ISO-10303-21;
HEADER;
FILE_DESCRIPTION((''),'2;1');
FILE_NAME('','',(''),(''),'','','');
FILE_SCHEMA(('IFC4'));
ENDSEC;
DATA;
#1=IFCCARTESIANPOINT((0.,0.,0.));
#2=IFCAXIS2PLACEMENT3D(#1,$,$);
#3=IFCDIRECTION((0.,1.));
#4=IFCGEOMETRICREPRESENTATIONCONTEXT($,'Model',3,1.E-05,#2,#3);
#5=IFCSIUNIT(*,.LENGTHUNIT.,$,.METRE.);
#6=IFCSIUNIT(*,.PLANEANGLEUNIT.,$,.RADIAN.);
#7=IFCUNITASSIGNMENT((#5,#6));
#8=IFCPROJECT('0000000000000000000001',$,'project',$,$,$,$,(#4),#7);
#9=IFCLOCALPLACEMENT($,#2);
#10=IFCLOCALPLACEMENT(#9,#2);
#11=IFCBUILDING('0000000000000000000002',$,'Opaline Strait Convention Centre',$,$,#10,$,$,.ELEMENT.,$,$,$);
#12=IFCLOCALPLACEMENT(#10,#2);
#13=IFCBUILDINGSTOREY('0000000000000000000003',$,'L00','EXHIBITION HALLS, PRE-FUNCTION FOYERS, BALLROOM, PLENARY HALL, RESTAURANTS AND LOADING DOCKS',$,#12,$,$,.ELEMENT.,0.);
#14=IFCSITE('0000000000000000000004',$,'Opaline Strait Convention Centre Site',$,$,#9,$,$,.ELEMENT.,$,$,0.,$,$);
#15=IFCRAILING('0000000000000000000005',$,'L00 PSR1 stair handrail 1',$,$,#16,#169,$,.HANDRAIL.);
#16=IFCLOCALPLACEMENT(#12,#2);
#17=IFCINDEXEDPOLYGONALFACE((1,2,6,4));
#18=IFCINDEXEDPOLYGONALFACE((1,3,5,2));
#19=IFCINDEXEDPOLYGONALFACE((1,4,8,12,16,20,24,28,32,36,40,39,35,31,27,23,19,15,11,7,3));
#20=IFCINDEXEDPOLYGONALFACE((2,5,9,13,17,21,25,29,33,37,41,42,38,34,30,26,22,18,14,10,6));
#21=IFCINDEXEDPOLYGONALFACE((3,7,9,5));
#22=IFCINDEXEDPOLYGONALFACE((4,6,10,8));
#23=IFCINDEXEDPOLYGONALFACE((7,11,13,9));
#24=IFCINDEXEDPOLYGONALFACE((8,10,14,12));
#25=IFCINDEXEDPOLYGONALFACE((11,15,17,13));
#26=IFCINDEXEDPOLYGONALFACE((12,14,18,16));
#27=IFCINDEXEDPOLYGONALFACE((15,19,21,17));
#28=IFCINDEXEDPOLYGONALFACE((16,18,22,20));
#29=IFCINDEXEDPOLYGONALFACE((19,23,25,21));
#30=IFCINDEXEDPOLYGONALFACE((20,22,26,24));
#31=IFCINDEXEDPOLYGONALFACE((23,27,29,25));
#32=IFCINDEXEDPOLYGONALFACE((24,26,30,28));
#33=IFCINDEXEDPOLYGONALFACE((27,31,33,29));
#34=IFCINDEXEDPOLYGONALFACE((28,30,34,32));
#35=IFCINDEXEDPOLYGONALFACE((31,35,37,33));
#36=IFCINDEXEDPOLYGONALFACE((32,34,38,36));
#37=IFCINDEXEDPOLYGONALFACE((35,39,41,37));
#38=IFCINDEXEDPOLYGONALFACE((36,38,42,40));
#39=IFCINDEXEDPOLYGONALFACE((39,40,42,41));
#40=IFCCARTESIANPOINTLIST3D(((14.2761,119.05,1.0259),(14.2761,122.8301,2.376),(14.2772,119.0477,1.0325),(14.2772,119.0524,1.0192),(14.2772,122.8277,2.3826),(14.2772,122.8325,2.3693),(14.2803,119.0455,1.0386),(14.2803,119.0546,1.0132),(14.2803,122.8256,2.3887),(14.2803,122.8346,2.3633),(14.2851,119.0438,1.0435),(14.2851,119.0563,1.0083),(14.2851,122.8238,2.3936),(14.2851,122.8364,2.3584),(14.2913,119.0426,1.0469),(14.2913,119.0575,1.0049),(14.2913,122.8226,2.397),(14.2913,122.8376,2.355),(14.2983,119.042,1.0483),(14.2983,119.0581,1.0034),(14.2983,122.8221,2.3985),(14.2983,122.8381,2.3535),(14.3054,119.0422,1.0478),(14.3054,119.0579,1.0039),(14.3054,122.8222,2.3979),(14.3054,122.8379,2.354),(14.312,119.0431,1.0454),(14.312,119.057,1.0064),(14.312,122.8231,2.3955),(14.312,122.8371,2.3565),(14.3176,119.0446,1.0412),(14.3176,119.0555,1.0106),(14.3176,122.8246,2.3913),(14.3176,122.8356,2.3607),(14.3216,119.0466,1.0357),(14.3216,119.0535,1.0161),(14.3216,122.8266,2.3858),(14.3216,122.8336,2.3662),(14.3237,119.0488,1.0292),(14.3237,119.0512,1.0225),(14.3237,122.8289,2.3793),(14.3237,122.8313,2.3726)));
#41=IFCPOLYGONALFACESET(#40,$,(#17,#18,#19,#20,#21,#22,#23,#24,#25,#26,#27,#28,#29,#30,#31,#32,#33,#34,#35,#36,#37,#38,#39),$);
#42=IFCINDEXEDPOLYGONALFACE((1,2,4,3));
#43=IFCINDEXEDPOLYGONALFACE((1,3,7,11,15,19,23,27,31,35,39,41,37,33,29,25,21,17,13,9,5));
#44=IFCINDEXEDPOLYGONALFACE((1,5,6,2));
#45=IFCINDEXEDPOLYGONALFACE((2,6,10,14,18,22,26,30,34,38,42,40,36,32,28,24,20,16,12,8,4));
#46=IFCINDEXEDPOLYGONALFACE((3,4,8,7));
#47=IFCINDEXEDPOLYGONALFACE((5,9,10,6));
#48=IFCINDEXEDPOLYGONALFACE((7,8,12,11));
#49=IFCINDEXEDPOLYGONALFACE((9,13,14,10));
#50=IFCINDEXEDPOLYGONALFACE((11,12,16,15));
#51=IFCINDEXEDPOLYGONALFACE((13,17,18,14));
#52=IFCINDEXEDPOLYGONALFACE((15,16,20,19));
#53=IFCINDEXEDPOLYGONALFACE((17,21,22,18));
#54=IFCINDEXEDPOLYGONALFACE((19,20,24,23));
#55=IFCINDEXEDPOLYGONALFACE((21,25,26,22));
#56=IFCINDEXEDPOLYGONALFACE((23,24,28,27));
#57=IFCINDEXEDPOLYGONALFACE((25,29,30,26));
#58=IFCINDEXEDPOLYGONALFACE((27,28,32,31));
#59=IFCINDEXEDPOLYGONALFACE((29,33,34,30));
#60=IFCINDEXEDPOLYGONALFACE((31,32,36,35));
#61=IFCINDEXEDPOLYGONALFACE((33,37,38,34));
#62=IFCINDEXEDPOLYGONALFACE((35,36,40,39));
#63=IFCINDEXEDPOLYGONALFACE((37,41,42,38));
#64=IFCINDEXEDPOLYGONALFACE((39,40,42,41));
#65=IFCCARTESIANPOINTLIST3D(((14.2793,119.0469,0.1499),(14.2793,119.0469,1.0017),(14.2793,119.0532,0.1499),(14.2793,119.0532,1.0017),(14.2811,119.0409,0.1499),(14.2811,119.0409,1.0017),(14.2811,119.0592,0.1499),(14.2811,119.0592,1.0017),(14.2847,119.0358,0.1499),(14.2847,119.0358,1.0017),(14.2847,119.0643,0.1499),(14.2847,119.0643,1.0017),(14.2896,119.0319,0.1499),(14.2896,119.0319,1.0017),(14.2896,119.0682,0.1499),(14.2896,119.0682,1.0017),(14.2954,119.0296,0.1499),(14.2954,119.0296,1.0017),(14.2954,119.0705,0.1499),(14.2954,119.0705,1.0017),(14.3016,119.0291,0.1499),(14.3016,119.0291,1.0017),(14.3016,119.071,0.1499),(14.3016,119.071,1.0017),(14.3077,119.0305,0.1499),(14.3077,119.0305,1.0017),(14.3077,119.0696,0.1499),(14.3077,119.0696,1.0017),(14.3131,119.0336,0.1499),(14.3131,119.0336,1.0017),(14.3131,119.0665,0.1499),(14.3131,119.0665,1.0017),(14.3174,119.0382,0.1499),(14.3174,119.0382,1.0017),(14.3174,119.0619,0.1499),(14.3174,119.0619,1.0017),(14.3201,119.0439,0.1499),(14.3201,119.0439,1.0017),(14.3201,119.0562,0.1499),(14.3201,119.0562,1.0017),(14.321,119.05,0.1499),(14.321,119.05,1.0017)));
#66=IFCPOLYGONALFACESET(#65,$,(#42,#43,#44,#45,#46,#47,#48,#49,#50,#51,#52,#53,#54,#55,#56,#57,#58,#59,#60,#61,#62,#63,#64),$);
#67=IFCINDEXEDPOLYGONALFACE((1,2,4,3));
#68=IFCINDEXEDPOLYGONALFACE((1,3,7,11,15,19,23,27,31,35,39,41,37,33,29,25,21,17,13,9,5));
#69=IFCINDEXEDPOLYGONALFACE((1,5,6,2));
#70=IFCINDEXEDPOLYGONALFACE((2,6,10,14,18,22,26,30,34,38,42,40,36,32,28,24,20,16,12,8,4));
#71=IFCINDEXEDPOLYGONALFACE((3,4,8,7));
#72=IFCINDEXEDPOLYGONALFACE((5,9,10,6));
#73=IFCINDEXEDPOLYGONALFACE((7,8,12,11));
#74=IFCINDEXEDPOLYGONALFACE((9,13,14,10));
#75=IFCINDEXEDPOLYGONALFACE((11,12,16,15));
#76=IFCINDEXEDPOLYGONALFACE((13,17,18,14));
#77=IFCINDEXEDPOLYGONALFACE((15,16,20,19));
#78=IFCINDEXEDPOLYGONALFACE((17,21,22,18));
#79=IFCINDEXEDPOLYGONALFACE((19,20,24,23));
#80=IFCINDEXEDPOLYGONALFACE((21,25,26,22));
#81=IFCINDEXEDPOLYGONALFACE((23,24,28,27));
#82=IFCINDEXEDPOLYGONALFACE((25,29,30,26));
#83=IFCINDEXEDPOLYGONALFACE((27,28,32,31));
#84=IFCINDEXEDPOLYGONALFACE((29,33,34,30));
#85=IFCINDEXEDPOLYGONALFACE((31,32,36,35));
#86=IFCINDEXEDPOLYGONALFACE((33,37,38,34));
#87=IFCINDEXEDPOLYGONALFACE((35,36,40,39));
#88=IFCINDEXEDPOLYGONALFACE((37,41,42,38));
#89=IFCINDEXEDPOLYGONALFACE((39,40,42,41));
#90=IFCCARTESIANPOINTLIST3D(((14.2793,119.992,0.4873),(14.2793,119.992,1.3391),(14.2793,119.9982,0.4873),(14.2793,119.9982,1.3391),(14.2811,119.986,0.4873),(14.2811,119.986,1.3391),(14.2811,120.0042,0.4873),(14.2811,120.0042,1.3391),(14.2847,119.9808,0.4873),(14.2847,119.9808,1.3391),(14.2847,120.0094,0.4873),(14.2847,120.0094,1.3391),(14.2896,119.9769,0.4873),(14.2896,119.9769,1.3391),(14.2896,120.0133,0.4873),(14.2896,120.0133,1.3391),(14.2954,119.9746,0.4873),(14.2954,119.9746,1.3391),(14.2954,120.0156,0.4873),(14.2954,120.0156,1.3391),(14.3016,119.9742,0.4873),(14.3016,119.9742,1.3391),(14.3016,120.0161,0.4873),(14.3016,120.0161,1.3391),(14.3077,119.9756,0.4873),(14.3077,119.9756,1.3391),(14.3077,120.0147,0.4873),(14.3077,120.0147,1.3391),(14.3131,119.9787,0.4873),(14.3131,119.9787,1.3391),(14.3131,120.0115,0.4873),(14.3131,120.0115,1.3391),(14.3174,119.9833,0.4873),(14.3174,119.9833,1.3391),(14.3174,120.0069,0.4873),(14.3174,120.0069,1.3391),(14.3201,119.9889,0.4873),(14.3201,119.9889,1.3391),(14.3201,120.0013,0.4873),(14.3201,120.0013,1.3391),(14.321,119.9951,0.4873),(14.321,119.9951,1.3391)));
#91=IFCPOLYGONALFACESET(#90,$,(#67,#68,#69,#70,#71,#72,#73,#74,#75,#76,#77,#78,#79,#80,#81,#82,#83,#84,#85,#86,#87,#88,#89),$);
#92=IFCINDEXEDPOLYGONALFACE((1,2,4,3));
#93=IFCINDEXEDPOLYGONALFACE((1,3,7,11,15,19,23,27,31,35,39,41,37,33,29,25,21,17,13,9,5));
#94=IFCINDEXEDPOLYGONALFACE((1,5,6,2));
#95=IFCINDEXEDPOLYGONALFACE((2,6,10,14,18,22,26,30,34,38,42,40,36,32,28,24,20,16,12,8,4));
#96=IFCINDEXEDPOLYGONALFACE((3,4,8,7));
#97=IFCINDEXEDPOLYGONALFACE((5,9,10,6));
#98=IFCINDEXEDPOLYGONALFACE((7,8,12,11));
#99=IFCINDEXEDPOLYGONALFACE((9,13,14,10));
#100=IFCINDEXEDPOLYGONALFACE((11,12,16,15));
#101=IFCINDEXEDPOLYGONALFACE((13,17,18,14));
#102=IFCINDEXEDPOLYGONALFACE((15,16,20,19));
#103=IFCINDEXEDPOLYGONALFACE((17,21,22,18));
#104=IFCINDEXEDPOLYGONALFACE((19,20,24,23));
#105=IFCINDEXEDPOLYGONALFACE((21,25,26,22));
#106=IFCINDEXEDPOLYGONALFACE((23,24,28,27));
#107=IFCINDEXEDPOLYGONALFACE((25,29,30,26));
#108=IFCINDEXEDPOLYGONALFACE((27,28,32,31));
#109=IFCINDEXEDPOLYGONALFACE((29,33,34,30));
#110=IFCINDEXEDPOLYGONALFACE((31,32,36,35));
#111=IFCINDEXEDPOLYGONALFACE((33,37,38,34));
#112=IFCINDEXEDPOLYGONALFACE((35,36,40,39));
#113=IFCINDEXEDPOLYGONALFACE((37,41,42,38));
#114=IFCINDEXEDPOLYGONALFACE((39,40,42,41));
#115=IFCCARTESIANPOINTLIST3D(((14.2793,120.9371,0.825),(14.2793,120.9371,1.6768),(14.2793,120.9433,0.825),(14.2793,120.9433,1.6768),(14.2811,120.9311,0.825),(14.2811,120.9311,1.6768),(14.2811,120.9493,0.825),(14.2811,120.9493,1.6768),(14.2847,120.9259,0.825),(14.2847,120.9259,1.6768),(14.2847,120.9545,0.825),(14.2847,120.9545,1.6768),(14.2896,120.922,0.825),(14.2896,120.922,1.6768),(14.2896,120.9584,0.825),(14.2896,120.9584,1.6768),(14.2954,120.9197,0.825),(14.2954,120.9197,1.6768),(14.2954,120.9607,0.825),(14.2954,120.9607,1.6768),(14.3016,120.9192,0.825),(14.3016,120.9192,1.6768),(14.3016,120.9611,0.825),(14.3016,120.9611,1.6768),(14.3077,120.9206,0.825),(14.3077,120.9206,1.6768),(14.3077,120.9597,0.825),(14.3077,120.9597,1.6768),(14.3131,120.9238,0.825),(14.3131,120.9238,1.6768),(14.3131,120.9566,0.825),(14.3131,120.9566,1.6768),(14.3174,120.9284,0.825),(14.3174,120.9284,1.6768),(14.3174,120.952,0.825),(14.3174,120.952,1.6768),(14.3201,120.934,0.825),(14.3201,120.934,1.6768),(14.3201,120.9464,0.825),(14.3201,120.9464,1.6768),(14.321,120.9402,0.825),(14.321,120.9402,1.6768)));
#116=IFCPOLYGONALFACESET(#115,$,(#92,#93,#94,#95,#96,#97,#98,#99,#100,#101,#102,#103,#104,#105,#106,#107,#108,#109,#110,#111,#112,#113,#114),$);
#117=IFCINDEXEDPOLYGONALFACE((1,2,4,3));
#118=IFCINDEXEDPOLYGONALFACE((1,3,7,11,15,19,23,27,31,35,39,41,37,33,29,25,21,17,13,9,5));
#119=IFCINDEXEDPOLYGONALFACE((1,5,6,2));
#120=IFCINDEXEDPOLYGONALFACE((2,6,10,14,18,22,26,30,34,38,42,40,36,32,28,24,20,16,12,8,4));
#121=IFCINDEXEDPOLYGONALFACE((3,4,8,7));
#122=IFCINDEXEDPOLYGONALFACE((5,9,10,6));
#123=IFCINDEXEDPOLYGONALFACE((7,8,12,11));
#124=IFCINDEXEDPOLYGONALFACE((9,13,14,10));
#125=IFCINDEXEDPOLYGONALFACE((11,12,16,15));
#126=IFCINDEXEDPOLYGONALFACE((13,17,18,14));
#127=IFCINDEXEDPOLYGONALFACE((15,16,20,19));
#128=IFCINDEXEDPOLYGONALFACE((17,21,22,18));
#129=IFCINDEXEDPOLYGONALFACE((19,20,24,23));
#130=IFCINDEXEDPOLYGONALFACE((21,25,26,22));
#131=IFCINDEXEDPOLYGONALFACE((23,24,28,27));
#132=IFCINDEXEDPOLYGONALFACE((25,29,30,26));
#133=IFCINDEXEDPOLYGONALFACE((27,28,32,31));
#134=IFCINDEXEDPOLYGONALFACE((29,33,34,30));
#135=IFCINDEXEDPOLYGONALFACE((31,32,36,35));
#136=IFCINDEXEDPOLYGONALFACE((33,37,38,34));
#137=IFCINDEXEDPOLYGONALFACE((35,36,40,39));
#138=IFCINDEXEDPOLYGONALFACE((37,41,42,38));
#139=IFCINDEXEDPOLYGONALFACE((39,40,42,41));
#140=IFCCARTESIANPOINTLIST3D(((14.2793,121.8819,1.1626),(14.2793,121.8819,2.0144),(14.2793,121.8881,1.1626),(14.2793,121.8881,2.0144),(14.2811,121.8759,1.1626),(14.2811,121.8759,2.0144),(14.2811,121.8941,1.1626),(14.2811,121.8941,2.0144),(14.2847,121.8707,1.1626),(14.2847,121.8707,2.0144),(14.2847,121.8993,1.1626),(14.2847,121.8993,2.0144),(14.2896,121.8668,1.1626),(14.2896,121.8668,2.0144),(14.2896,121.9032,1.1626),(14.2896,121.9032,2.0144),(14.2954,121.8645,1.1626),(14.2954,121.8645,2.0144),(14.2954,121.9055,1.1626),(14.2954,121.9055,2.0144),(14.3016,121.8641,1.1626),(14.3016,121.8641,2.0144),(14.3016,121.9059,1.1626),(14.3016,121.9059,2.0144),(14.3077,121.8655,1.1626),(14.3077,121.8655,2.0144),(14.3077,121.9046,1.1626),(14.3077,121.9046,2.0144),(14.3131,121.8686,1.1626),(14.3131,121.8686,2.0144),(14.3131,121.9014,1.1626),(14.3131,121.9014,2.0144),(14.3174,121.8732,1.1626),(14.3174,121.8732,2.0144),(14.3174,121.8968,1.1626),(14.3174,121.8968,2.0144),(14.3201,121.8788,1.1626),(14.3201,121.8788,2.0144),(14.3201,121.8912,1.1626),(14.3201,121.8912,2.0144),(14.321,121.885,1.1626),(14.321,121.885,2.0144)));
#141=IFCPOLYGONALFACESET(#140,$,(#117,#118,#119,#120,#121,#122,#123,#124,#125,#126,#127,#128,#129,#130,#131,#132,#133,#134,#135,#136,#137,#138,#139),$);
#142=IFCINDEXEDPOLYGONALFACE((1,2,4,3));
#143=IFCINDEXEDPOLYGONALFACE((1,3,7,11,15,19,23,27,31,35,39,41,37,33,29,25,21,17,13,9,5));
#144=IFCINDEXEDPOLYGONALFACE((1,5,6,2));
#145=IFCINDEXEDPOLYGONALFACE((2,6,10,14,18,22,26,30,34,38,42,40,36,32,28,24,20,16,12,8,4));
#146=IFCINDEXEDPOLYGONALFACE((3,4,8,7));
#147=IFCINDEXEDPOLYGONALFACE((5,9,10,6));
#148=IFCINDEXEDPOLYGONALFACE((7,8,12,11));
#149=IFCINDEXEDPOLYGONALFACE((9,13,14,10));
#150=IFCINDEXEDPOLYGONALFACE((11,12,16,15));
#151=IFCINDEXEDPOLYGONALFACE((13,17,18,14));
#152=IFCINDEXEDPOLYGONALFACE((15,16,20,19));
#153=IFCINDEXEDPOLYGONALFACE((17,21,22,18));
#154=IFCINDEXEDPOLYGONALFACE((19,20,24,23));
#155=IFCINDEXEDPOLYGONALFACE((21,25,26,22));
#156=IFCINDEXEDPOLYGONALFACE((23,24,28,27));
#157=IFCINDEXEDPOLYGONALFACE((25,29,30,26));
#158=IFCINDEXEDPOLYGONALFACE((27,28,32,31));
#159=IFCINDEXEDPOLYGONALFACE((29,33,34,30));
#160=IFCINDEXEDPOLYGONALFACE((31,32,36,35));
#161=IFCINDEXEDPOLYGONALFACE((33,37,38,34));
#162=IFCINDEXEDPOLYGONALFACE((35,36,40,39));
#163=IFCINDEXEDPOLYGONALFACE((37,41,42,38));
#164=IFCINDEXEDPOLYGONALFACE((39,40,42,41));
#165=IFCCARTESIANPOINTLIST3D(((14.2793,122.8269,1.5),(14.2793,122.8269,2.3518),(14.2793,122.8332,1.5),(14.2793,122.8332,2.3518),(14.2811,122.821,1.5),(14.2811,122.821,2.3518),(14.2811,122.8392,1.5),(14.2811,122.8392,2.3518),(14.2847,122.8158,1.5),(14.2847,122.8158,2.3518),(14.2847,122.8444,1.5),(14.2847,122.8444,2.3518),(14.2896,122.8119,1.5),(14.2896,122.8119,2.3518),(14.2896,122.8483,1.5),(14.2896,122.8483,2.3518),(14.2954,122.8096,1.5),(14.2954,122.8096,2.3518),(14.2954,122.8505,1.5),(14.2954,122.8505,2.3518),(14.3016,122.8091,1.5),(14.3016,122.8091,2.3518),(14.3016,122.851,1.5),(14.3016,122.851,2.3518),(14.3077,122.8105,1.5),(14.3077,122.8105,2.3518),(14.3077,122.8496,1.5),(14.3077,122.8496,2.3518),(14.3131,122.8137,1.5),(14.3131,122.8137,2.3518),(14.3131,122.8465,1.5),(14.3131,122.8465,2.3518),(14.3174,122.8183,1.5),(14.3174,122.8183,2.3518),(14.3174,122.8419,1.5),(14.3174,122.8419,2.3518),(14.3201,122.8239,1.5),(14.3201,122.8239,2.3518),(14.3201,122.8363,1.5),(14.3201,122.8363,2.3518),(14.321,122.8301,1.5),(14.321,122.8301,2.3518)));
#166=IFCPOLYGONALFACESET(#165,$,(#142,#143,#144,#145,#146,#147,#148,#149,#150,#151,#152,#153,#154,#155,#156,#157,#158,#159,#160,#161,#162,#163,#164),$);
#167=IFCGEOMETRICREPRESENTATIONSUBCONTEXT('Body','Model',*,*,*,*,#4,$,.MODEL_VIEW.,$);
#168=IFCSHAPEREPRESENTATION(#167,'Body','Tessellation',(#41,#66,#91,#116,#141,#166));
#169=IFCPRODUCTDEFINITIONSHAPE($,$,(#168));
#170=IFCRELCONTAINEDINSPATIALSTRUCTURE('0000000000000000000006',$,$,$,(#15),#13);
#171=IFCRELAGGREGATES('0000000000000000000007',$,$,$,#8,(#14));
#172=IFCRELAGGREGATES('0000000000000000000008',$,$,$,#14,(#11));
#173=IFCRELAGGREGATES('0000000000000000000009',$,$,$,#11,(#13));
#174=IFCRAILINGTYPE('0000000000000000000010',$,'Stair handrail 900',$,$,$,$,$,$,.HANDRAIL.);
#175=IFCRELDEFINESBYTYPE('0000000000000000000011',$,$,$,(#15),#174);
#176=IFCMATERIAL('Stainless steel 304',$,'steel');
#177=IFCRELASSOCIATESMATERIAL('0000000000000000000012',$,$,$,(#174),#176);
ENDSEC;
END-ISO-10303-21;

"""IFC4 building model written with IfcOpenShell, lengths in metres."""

from ifc_helpers import new_model, si_unit, direction, frame, origin, origin_2d, place, context, subcontext, project, spatial, circle, extrude, material, type_object, element, save


model = new_model("IFC4")

# Units and contexts
model_context = context("Model", 3, precision=1e-05, world=origin(), true_north=direction((0.0, 1.0)))
body_context = subcontext(model_context, "Body", "Model", "MODEL_VIEW")
ifc_project = project(units=[si_unit("LENGTHUNIT", "METRE"), si_unit("PLANEANGLEUNIT", "RADIAN")], contexts=[model_context])

# Site, building, storey
site_placement = place(None, origin())
site = spatial("IfcSite", under=ifc_project, at=site_placement, Name="Opaline Strait Convention Centre Site", CompositionType="ELEMENT", RefElevation=0.0)
building_placement = place(site_placement, origin())
building = spatial("IfcBuilding", under=site, at=building_placement, Name="Opaline Strait Convention Centre", CompositionType="ELEMENT")
storey_placement = place(building_placement, origin())
storey = spatial("IfcBuildingStorey", under=building, at=storey_placement, Name="L00", Description="EXHIBITION HALLS, PRE-FUNCTION FOYERS, BALLROOM, PLENARY HALL, RESTAURANTS AND LOADING DOCKS", CompositionType="ELEMENT", Elevation=0.0)

# Railing
ifc_material_1 = material(Name="Stainless steel 304", Category="steel")
railing_type_1 = type_object("IfcRailingType", Name="Stair handrail 900", PredefinedType="HANDRAIL", material=ifc_material_1)
for number, where, name in (
    (1, (14.3, 119.05, 0.1499), "L00 PSR1 stair handrail 1"),
):
    element("IfcRailing", number, at=place(storey_placement, frame(where)), inside=storey, type_object=railing_type_1, Name=name, PredefinedType="HANDRAIL", context=body_context, shape_type="SweptSolid", body=[
        extrude(circle(Radius=0.0239, at=origin_2d()), frame((0.0, 0.0, 0.876), z_axis=(0.0, 0.941735, 0.336356), x_axis=(-1.0, 0.0, 0.0)), (0.0, 0.0, 1.0), 4.0139),
        extrude(circle(Radius=0.021, at=origin_2d()), origin(), (0.0, 0.0, 1.0), 0.8518),
        extrude(circle(Radius=0.021, at=origin_2d()), frame((0.0, 0.9451, 0.3374)), (0.0, 0.0, 1.0), 0.8518),
        extrude(circle(Radius=0.021, at=origin_2d()), frame((0.0, 1.8901, 0.675)), (0.0, 0.0, 1.0), 0.8518),
        extrude(circle(Radius=0.021, at=origin_2d()), frame((0.0, 2.835, 1.0127)), (0.0, 0.0, 1.0), 0.8518),
        extrude(circle(Radius=0.021, at=origin_2d()), frame((0.0, 3.78, 1.3501)), (0.0, 0.0, 1.0), 0.8518),
    ])

save(model, "model.ifc")
